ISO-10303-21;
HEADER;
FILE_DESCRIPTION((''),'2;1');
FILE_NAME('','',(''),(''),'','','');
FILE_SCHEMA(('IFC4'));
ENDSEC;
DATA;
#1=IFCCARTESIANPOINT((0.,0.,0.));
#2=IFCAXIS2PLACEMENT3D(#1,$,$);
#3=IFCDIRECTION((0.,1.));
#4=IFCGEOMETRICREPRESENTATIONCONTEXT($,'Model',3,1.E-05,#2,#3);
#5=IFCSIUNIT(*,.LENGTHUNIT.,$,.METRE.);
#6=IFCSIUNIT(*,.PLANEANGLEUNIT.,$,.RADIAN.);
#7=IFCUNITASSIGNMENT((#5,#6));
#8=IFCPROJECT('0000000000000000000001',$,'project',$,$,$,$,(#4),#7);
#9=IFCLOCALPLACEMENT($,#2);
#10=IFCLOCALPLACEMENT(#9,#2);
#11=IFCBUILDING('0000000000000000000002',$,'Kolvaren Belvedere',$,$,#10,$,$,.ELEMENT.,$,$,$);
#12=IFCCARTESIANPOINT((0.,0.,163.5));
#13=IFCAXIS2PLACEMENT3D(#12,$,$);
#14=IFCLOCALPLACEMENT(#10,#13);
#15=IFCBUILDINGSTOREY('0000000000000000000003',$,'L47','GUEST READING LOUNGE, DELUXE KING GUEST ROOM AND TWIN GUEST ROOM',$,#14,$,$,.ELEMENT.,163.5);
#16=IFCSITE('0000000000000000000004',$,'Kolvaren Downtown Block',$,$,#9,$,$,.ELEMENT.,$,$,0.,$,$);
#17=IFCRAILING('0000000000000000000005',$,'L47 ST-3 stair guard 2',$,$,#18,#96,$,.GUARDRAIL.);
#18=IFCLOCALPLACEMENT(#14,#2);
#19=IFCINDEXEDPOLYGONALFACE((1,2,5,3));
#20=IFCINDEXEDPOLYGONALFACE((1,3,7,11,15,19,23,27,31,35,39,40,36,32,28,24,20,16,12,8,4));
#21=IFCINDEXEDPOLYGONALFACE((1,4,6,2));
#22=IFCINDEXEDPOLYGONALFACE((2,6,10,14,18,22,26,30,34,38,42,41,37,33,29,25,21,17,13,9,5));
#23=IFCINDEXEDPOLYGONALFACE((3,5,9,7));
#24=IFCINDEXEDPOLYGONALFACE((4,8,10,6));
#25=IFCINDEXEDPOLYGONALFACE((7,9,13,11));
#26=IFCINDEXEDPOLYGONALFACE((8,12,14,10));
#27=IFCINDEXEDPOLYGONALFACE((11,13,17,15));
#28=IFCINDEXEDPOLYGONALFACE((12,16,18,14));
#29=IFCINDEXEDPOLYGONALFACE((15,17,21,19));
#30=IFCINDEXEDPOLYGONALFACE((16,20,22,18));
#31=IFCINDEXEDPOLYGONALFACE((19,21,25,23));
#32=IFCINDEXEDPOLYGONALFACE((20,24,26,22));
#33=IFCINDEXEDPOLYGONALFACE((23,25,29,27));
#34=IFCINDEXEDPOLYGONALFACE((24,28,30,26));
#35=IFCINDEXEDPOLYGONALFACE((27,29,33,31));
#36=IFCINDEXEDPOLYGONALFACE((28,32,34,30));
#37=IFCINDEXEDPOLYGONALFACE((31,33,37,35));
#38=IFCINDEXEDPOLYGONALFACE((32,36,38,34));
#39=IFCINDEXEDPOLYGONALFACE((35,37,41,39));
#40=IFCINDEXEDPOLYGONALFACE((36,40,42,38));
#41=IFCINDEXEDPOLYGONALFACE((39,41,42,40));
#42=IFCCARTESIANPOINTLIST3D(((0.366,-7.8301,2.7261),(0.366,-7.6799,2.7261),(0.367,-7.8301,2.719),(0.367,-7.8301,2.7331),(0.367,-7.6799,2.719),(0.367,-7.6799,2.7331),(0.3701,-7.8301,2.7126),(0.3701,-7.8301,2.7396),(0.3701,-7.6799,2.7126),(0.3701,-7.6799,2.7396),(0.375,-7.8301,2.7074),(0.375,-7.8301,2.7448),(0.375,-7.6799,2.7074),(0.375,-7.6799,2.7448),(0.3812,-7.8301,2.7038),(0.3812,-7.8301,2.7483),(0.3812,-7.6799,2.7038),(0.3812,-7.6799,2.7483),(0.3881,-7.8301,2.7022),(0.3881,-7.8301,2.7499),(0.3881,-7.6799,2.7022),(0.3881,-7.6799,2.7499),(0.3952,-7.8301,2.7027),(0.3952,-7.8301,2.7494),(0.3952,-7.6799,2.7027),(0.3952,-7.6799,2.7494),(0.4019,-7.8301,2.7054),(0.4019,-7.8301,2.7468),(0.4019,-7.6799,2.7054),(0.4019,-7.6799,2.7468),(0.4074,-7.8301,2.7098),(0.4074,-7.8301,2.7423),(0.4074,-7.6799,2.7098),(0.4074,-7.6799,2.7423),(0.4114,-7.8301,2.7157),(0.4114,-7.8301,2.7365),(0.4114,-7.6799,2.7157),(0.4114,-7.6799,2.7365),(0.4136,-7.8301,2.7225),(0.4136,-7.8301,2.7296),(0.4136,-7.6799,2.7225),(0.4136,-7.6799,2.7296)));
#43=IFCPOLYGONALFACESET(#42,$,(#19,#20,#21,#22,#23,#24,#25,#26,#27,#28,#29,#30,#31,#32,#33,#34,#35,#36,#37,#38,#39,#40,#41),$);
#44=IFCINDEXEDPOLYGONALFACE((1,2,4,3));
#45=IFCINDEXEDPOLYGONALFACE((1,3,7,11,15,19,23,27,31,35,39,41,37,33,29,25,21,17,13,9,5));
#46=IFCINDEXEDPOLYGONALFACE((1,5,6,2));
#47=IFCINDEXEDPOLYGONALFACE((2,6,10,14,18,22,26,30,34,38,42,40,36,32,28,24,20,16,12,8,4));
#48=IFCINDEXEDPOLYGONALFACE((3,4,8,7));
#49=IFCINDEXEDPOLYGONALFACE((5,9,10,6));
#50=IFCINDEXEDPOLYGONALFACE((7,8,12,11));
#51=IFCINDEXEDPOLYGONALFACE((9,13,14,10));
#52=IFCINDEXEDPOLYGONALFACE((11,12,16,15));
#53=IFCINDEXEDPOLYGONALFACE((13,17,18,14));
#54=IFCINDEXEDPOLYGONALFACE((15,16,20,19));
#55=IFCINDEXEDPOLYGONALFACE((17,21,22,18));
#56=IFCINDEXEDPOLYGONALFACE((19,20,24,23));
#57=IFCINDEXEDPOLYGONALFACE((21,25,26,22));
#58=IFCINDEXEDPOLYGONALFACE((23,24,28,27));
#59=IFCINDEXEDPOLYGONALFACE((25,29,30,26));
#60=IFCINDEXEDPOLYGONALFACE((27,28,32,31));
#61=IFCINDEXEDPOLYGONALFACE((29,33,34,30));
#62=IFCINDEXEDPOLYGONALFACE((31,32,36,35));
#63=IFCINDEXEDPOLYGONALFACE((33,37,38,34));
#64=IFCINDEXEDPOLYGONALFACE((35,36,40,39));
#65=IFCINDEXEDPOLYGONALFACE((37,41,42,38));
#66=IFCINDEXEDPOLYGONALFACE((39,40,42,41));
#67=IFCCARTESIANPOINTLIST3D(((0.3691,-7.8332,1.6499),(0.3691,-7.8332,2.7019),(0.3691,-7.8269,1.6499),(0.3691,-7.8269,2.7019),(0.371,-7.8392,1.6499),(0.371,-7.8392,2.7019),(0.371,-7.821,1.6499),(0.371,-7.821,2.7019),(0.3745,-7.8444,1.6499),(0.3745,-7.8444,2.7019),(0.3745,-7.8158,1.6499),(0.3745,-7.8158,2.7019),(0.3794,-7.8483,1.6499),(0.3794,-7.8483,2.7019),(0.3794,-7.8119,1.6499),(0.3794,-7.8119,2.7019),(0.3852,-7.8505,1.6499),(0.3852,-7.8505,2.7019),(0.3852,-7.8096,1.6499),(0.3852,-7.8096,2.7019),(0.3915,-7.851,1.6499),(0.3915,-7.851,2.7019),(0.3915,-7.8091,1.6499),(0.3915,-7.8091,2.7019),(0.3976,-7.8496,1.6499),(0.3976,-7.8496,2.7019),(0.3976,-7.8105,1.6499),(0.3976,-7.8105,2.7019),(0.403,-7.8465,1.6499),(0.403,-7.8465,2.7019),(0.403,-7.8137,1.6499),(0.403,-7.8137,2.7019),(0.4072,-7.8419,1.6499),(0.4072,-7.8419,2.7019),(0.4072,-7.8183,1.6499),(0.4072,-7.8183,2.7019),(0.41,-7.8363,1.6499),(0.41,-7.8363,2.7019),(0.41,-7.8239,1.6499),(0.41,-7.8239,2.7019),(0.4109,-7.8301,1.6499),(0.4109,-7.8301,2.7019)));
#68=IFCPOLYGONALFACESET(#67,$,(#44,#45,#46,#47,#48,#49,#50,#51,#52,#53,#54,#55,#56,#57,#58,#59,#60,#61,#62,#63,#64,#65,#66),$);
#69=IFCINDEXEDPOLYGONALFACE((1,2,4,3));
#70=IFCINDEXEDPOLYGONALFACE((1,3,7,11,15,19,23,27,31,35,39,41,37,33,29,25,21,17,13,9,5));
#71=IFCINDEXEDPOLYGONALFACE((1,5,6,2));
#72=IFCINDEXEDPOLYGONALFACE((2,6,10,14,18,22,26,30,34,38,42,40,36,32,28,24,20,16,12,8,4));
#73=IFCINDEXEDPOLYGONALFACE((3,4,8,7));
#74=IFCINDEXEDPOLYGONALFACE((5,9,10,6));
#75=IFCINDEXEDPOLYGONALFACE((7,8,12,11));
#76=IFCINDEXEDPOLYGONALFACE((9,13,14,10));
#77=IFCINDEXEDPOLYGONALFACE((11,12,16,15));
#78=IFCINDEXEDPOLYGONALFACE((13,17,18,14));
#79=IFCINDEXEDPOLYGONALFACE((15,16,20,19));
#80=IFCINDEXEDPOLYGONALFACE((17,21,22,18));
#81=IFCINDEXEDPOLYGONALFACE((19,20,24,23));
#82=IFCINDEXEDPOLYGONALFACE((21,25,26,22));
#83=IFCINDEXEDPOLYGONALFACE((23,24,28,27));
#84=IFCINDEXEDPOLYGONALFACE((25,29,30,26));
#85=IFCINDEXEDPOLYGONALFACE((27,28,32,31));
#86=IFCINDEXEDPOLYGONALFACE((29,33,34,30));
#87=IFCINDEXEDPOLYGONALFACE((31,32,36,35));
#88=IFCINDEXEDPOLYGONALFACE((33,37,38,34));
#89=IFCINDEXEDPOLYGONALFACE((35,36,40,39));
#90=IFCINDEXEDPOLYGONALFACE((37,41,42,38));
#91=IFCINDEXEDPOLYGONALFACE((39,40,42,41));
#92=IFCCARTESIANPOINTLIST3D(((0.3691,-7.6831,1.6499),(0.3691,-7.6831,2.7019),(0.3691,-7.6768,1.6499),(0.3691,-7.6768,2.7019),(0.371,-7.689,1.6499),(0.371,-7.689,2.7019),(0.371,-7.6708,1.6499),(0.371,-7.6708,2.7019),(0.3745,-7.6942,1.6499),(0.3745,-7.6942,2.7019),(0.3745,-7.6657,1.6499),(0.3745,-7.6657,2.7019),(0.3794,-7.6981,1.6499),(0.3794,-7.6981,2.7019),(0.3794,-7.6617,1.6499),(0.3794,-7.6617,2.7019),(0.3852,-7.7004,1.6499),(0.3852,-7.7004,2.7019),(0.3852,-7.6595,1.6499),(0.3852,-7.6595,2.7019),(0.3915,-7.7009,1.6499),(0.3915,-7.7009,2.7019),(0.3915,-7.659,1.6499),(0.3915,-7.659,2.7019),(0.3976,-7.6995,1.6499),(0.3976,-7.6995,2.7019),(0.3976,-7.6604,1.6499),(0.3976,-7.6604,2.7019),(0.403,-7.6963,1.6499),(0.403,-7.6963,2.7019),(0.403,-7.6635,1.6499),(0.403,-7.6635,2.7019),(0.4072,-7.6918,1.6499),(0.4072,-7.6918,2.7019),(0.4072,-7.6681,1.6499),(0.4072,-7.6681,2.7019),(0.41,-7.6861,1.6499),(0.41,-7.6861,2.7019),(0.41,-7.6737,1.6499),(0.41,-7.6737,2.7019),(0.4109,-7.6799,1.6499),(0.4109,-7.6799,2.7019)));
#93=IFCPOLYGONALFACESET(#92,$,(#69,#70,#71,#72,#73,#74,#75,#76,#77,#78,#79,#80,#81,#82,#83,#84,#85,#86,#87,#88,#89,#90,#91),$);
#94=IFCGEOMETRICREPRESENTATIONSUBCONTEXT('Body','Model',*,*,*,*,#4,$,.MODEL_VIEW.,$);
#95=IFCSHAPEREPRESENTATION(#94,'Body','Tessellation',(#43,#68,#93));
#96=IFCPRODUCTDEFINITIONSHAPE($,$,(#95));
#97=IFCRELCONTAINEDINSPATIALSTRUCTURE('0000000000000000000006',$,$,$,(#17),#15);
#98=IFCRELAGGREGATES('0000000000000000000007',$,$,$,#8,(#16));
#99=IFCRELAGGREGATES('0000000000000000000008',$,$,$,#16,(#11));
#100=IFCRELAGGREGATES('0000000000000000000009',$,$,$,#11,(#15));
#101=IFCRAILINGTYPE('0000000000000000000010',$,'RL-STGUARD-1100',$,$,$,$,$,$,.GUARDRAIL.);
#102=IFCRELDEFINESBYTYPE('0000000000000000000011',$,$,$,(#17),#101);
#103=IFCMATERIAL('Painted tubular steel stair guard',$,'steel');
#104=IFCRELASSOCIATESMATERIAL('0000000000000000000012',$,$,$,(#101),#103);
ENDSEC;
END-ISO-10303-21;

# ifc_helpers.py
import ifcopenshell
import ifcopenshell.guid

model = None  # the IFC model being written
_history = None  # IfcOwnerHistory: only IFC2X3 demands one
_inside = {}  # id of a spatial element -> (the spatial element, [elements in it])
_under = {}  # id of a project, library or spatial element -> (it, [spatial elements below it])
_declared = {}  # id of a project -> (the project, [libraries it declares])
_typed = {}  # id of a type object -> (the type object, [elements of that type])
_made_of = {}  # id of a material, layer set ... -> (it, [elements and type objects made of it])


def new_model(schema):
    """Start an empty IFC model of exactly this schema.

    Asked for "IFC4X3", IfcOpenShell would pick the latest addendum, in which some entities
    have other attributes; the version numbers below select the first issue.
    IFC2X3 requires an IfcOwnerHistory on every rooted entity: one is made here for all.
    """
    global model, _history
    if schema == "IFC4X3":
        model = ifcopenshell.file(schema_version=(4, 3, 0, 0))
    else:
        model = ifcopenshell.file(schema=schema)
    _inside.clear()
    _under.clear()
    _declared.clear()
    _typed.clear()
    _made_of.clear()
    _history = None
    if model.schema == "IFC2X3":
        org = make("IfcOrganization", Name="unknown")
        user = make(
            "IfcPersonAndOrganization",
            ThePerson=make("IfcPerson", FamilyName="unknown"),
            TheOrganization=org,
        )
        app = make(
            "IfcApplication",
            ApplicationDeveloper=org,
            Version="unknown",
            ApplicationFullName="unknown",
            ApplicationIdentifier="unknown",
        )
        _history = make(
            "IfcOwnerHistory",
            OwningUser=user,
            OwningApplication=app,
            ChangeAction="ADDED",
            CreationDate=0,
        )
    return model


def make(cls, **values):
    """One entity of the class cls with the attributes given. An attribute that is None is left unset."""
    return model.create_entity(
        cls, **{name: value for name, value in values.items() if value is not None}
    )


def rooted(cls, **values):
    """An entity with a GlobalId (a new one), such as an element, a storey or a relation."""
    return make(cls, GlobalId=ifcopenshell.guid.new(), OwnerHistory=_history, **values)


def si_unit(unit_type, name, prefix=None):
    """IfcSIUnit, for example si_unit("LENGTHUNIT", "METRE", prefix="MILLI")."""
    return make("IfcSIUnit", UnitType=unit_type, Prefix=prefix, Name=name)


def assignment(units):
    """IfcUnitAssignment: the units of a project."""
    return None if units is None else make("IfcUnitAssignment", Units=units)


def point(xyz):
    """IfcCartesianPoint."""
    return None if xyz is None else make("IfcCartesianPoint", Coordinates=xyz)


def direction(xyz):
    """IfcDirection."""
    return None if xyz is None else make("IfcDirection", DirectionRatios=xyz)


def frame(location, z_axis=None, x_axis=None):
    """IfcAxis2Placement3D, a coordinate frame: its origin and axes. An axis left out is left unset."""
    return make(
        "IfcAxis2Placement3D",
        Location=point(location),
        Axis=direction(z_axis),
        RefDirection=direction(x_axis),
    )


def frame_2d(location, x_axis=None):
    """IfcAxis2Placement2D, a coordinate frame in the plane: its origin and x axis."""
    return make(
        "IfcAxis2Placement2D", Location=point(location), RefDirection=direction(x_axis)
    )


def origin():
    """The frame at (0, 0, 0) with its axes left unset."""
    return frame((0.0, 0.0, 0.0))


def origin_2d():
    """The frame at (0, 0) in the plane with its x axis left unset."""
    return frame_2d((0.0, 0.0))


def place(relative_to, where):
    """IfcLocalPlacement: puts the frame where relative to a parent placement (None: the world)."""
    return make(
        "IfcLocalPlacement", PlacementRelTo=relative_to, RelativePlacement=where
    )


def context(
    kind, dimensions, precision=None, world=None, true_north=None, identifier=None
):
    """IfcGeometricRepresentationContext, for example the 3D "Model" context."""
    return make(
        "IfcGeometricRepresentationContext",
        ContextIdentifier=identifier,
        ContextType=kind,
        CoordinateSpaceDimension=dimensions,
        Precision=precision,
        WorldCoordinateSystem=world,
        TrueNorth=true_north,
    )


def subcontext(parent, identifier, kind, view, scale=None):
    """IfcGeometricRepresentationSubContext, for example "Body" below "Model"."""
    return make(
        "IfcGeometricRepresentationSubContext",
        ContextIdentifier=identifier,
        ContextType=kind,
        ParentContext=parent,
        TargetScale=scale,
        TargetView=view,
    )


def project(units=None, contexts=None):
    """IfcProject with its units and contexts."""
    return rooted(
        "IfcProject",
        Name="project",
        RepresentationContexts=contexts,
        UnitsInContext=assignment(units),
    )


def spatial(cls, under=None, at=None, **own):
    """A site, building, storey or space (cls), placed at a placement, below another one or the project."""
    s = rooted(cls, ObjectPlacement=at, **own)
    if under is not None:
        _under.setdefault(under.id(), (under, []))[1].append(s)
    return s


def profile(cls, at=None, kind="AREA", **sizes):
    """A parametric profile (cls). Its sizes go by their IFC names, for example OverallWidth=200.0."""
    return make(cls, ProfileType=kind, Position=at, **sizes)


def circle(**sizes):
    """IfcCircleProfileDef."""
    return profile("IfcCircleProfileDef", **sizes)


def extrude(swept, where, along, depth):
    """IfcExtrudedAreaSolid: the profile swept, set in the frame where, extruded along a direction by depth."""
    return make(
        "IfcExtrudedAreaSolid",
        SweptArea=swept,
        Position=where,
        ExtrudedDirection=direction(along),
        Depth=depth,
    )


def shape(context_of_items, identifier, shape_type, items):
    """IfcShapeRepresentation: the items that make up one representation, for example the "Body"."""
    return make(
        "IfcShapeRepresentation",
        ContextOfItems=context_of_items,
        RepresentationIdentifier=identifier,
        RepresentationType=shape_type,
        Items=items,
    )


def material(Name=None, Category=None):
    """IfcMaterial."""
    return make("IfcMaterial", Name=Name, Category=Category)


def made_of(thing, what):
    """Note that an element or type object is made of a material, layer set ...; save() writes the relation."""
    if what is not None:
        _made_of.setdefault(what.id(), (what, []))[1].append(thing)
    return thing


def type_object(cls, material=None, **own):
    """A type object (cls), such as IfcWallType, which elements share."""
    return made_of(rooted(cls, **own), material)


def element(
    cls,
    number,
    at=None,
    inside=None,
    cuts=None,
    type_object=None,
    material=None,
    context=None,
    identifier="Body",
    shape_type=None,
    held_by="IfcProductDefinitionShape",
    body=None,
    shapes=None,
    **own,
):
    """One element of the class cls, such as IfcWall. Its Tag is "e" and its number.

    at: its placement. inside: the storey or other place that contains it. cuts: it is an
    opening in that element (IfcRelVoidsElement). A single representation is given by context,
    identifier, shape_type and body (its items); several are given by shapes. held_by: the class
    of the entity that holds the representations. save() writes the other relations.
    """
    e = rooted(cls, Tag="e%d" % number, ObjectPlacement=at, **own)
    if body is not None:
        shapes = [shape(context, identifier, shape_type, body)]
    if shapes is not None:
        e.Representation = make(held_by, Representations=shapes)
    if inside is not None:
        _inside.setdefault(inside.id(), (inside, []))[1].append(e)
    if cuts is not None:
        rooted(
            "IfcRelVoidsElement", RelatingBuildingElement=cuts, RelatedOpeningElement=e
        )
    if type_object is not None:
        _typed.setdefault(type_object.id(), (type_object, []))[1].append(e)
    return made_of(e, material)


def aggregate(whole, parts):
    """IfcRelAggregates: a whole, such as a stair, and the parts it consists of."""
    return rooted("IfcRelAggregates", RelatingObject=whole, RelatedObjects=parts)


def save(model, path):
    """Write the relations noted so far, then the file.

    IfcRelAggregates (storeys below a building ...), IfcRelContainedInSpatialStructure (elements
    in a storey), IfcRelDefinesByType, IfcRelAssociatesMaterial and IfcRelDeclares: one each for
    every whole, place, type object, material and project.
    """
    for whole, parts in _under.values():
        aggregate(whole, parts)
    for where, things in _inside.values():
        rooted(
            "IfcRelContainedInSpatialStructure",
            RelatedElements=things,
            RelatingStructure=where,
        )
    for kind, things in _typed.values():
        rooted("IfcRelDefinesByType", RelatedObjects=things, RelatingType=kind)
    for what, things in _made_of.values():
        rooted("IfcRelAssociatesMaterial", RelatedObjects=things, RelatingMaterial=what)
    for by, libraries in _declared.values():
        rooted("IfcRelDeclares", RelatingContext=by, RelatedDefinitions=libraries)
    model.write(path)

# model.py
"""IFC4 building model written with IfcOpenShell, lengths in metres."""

from ifc_helpers import new_model, si_unit, direction, frame, origin, origin_2d, place, context, subcontext, project, spatial, circle, extrude, material, type_object, element, save


model = new_model("IFC4")

# Units and contexts
model_context = context("Model", 3, precision=1e-05, world=origin(), true_north=direction((0.0, 1.0)))
body_context = subcontext(model_context, "Body", "Model", "MODEL_VIEW")
ifc_project = project(units=[si_unit("LENGTHUNIT", "METRE"), si_unit("PLANEANGLEUNIT", "RADIAN")], contexts=[model_context])

# Site, building, storey
site_placement = place(None, origin())
site = spatial("IfcSite", under=ifc_project, at=site_placement, Name="Kolvaren Downtown Block", CompositionType="ELEMENT", RefElevation=0.0)
building_placement = place(site_placement, origin())
building = spatial("IfcBuilding", under=site, at=building_placement, Name="Kolvaren Belvedere", CompositionType="ELEMENT")
storey_placement = place(building_placement, frame((0.0, 0.0, 163.5)))
storey = spatial("IfcBuildingStorey", under=building, at=storey_placement, Name="L47", Description="GUEST READING LOUNGE, DELUXE KING GUEST ROOM AND TWIN GUEST ROOM", CompositionType="ELEMENT", Elevation=163.5)

# Railing
ifc_material_1 = material(Name="Painted tubular steel stair guard", Category="steel")
railing_type_1 = type_object("IfcRailingType", Name="RL-STGUARD-1100", PredefinedType="GUARDRAIL", material=ifc_material_1)
railing_1_placement = place(storey_placement, frame((0.3899, -7.8301, 1.6499)))
element("IfcRailing", 1, at=railing_1_placement, inside=storey, type_object=railing_type_1, Name="L47 ST-3 stair guard 2", PredefinedType="GUARDRAIL", context=body_context, shape_type="SweptSolid", body=[
    extrude(circle(Radius=0.0239, at=origin_2d()), frame((0.0, 0.0, 1.0762), z_axis=(0.0, 1.0, 0.0), x_axis=(-1.0, 0.0, 0.0)), (0.0, 0.0, 1.0), 0.1501),
    extrude(circle(Radius=0.021, at=origin_2d()), origin(), (0.0, 0.0, 1.0), 1.052),
    extrude(circle(Radius=0.021, at=origin_2d()), frame((0.0, 0.1501, 0.0)), (0.0, 0.0, 1.0), 1.052),
])

save(model, "model.ifc")
